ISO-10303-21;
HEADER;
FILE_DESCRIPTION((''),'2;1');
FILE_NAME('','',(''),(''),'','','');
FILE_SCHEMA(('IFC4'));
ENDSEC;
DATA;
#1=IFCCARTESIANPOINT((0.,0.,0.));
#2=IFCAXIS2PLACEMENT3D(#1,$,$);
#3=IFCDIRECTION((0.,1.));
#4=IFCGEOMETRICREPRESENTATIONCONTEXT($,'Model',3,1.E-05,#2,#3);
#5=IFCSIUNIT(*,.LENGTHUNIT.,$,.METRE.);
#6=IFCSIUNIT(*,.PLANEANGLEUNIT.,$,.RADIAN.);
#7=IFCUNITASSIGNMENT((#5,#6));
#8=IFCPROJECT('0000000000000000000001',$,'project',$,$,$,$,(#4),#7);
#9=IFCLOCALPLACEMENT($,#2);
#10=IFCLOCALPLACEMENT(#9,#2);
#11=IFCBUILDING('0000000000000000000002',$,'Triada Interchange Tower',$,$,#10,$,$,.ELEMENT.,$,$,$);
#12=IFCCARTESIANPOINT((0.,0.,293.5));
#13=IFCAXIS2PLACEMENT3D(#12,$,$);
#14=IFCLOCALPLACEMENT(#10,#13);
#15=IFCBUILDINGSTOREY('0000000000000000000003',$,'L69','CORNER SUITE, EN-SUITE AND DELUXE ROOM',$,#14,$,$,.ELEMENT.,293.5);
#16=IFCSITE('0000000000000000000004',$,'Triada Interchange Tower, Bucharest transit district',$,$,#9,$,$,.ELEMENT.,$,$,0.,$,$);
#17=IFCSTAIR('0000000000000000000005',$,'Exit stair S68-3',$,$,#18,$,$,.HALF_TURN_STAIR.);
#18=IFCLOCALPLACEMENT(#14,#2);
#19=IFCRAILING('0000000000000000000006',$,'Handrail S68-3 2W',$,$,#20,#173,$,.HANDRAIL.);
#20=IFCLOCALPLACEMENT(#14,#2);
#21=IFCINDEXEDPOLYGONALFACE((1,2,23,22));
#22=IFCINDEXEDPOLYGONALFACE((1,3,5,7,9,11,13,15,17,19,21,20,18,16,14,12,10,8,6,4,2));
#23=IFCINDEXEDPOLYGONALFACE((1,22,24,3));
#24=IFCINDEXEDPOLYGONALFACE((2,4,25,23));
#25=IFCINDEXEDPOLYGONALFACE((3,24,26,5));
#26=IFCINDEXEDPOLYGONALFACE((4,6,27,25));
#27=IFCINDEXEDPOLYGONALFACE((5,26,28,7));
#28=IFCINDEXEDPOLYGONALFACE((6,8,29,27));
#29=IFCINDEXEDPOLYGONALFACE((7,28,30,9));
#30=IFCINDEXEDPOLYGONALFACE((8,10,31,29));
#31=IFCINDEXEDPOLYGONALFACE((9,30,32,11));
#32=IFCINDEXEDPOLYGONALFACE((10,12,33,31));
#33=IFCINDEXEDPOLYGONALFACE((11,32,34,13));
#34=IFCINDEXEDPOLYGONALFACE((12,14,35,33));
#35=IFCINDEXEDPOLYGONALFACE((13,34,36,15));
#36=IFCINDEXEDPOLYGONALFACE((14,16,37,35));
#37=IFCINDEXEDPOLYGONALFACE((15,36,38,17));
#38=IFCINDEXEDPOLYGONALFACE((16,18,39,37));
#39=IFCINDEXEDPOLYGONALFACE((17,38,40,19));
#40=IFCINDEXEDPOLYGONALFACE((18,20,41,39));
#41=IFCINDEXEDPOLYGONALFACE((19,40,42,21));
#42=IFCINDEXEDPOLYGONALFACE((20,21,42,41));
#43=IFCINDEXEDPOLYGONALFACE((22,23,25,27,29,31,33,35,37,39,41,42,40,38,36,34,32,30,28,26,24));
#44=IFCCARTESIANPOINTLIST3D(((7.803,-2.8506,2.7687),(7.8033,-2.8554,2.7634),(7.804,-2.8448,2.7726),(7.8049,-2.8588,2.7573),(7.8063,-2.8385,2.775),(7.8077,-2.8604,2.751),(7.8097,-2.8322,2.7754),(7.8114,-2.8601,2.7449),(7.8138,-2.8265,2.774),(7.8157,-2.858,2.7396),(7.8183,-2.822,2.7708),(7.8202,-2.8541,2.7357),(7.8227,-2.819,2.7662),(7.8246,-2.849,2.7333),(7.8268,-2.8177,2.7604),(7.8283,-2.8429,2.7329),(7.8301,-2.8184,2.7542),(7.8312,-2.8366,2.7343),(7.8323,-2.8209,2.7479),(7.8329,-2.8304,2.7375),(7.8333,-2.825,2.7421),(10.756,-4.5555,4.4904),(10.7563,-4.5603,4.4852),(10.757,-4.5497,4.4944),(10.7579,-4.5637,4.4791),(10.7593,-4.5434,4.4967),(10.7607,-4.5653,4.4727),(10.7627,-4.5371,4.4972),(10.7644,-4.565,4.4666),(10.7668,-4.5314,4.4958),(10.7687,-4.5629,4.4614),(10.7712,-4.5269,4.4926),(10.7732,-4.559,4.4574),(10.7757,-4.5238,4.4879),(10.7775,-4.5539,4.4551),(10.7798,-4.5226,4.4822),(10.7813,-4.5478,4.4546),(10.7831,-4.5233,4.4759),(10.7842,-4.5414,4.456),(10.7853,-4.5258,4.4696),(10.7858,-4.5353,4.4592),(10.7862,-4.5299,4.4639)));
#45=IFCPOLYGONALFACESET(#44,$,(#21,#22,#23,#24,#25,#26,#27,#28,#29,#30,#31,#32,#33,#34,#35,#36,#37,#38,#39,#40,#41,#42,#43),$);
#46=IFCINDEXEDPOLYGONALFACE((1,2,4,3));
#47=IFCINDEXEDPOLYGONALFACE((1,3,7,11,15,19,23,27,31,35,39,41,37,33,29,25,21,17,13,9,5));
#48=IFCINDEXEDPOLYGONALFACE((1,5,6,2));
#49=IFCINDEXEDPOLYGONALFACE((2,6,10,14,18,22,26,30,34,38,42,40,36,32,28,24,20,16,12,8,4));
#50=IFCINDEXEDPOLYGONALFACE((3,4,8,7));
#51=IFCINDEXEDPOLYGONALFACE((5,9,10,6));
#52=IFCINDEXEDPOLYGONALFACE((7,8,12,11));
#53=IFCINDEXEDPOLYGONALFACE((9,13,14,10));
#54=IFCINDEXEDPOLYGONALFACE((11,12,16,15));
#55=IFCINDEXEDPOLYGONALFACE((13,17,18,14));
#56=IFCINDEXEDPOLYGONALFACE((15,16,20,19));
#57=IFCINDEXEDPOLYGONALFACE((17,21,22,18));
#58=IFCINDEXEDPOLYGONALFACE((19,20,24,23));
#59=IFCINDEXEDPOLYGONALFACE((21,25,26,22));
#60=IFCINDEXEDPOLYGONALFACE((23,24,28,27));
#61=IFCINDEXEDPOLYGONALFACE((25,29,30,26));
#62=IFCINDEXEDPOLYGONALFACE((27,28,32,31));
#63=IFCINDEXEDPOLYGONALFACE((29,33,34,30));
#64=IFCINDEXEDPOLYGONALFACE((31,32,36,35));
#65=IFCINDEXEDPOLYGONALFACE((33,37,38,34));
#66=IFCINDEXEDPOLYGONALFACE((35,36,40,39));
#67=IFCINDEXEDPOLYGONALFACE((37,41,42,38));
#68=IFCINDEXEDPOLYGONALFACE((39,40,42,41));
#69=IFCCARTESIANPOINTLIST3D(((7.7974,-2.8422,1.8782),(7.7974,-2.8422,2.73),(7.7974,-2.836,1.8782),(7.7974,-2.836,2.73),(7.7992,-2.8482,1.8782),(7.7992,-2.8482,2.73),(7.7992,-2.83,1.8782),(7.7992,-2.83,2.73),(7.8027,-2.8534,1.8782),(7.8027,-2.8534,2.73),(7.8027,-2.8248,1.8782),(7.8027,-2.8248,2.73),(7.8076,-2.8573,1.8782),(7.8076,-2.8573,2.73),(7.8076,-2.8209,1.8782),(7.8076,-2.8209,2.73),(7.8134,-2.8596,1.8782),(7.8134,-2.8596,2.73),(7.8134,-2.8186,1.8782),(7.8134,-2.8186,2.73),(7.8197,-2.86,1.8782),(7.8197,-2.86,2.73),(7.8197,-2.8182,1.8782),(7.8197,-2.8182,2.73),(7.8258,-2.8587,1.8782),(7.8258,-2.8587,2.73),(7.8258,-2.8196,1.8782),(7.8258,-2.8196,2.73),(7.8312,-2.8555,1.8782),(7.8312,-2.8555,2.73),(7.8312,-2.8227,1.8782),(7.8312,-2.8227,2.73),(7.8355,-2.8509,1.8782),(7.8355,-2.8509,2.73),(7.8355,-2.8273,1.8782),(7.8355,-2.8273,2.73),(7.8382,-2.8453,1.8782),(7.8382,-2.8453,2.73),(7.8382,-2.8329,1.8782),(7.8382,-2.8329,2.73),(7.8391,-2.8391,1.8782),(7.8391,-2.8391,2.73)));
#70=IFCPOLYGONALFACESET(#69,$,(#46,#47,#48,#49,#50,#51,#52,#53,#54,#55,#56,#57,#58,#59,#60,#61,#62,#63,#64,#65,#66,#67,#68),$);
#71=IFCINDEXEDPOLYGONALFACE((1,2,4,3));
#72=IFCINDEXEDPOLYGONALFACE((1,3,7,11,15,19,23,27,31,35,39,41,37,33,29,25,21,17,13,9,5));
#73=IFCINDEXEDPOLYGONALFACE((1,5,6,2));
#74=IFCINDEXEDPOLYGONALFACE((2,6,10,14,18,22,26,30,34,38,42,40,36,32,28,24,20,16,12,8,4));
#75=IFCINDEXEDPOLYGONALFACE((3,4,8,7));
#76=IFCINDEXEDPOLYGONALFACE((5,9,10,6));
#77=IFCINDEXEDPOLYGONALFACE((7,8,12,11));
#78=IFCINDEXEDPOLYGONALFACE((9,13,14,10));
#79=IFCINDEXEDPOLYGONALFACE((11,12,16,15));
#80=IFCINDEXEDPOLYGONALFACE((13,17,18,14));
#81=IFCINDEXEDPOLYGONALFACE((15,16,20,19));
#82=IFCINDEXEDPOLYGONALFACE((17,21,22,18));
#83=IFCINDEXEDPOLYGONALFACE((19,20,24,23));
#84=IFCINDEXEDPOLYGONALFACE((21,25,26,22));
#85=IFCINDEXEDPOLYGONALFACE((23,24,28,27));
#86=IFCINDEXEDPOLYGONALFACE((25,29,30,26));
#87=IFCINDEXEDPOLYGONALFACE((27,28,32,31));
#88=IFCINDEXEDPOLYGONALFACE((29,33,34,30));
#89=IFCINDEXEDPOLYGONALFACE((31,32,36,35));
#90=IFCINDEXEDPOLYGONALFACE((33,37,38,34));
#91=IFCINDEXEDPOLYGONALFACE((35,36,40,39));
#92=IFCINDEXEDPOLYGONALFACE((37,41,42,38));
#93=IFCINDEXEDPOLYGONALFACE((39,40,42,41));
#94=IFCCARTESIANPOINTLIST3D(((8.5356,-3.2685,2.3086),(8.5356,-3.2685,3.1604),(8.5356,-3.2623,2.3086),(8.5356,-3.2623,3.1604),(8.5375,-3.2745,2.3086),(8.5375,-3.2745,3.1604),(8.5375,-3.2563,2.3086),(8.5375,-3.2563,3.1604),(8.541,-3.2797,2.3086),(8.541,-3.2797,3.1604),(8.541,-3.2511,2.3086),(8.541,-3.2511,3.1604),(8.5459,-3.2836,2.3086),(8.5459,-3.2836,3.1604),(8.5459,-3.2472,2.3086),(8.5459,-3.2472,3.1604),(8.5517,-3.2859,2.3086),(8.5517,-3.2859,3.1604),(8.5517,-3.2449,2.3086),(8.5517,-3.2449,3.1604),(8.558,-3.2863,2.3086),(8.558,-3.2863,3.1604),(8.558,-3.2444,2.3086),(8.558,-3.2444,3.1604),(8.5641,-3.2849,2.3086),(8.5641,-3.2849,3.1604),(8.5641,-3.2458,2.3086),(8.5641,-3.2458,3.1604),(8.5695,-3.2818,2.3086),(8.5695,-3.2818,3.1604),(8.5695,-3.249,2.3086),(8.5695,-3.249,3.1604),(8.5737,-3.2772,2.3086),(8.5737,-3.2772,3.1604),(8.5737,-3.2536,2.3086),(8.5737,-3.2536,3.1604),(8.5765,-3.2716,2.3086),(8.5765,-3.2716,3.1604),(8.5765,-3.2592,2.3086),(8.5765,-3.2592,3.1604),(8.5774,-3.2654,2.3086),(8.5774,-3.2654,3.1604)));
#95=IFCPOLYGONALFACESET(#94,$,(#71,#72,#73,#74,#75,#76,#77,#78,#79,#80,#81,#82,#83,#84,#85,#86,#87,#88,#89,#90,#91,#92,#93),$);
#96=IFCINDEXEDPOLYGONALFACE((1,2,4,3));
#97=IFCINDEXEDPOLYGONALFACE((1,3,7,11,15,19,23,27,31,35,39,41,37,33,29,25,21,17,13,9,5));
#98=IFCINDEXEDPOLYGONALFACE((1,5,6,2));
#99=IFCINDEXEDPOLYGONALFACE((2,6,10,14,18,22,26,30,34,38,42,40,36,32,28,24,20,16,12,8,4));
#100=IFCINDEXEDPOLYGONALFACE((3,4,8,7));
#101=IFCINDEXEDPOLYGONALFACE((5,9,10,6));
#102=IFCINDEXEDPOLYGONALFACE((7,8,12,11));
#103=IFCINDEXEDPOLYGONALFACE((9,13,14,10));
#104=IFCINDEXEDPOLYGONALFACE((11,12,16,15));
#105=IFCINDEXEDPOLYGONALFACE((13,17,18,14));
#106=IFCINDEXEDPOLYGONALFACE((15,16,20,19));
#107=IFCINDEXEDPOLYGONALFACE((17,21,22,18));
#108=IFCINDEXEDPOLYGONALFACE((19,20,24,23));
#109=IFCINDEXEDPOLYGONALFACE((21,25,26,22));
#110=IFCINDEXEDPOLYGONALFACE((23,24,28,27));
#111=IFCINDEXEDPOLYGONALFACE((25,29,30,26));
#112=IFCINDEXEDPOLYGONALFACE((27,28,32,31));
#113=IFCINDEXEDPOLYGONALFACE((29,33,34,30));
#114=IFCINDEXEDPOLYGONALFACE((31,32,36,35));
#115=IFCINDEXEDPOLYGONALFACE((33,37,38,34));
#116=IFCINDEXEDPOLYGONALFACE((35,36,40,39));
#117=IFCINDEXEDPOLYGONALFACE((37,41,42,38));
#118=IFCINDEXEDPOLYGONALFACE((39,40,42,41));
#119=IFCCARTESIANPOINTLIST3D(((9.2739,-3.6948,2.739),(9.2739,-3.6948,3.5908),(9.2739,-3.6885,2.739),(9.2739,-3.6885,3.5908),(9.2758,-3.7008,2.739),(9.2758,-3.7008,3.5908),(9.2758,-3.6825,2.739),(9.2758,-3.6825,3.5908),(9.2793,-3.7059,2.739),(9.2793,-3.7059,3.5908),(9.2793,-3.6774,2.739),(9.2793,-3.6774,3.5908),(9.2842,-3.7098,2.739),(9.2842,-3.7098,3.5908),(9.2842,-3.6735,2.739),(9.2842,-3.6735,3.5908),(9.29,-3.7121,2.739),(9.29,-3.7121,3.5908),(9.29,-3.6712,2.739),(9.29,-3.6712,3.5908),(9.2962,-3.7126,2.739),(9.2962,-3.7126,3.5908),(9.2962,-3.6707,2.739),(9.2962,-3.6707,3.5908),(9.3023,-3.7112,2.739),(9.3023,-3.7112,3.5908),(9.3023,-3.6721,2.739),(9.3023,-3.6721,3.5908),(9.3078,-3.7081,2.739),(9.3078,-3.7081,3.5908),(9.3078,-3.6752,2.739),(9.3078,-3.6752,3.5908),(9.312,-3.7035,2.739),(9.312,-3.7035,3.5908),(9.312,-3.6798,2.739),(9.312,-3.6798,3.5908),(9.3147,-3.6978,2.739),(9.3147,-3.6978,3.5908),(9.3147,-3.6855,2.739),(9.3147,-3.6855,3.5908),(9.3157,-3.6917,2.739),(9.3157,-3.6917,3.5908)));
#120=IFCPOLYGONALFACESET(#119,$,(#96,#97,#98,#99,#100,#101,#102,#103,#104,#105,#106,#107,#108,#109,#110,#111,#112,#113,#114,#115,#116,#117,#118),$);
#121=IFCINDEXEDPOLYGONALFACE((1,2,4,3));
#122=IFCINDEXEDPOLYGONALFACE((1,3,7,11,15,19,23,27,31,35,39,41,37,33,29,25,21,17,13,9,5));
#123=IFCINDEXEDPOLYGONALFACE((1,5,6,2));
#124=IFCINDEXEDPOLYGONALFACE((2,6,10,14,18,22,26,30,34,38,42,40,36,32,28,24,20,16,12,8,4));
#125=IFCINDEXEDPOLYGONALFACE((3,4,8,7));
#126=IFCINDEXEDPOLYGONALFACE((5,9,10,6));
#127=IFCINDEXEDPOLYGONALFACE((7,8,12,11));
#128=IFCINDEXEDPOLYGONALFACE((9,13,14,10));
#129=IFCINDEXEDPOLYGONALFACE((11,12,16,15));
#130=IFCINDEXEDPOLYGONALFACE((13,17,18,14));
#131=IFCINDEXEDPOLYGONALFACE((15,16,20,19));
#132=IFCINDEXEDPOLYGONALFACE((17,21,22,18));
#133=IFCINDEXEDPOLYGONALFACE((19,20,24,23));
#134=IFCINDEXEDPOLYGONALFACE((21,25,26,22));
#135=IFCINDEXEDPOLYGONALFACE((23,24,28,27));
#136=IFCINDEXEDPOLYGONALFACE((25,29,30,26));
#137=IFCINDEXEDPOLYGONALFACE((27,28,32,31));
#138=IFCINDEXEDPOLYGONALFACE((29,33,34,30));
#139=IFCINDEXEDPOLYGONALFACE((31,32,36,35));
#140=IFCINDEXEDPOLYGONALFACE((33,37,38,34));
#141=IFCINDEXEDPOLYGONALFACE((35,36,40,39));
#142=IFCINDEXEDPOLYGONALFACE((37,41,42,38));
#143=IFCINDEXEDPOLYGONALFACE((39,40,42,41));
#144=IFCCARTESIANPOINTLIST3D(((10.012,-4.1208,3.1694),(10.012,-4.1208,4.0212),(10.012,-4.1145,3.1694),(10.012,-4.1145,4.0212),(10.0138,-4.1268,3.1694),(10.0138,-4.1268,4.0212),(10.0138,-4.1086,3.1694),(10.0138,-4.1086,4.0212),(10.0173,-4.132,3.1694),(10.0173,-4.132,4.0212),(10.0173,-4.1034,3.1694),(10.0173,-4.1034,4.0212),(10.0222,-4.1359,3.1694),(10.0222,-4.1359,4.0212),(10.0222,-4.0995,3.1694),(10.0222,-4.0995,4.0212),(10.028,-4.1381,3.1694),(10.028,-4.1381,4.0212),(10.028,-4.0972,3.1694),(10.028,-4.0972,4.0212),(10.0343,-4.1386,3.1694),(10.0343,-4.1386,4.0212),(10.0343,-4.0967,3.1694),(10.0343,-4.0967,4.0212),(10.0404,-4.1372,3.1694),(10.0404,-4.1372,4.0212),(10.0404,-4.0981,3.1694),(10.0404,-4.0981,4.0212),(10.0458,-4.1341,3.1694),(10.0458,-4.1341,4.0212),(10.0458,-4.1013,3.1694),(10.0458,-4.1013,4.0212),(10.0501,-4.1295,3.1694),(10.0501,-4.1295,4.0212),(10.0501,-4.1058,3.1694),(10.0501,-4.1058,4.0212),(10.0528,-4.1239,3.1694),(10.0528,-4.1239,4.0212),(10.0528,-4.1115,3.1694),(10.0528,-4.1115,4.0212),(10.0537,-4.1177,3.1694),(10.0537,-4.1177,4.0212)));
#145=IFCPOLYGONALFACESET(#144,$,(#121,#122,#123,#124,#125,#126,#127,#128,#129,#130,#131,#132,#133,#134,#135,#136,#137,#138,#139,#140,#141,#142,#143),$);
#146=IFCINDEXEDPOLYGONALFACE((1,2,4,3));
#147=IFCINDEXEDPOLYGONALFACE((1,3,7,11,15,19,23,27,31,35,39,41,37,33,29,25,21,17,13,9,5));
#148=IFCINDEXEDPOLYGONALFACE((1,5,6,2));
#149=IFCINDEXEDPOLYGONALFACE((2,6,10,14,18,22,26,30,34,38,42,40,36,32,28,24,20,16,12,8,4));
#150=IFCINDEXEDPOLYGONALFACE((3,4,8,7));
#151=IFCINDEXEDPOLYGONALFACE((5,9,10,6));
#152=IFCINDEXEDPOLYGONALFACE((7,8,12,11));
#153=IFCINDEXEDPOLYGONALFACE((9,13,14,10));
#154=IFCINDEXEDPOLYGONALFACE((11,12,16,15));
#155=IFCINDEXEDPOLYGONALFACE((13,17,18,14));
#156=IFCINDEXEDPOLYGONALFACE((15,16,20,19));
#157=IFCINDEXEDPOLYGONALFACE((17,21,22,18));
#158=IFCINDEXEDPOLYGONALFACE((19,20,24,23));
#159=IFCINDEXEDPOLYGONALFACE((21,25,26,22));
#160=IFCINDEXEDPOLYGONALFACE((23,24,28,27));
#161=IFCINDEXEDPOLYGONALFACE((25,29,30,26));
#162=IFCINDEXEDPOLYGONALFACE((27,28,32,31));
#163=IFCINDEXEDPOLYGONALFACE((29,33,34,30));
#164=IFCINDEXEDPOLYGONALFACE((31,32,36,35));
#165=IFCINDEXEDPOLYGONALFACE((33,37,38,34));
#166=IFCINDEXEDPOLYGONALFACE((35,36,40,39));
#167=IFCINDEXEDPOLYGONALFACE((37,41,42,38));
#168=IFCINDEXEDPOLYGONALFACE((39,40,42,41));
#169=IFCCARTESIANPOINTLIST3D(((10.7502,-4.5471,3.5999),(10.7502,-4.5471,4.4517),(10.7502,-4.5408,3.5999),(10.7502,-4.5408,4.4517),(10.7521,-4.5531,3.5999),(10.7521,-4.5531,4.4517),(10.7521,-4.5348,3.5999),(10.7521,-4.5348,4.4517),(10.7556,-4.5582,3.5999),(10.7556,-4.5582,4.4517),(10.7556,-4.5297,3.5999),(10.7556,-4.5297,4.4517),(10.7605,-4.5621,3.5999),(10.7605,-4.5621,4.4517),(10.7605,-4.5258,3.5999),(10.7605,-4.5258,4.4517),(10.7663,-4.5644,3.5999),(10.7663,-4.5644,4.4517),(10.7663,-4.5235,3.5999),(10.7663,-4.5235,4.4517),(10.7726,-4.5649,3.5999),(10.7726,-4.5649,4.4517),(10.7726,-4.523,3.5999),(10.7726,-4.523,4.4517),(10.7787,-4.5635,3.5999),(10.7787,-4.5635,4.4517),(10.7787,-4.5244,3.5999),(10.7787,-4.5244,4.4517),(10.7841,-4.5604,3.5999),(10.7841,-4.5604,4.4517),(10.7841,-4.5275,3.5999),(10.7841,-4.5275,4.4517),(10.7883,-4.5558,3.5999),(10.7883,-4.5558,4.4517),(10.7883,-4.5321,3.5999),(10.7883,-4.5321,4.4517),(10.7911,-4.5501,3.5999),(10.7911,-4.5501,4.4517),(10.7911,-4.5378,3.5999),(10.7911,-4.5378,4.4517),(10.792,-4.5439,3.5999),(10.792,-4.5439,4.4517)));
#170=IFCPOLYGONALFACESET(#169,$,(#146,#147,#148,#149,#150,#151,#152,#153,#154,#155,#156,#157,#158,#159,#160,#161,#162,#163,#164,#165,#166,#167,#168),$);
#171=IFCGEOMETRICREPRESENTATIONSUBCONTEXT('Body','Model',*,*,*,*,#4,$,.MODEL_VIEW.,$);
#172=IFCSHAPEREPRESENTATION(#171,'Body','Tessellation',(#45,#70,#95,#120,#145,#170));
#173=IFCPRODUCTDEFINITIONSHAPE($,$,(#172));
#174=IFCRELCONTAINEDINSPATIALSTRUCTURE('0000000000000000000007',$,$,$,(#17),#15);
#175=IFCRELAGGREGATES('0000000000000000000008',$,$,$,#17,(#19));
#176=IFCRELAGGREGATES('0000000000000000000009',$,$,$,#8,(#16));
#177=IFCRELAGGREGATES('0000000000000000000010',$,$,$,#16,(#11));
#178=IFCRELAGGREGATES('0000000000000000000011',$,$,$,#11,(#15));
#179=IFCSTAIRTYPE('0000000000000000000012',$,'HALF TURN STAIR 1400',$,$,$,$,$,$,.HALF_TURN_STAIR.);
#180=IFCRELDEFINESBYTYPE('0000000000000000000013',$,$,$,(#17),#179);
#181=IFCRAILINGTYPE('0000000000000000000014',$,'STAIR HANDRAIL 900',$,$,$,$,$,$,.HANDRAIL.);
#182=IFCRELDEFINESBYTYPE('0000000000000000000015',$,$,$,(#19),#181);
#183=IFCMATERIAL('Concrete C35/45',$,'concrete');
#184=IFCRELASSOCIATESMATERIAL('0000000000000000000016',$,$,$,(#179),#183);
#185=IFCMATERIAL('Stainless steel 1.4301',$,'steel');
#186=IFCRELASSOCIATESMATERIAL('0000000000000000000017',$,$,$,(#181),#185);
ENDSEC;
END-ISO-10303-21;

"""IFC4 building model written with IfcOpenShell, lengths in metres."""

from ifc_helpers import new_model, si_unit, direction, frame, origin, origin_2d, place, context, subcontext, project, spatial, circle, extrude, material, type_object, element, aggregate, save


model = new_model("IFC4")

# Units and contexts
model_context = context("Model", 3, precision=1e-05, world=origin(), true_north=direction((0.0, 1.0)))
body_context = subcontext(model_context, "Body", "Model", "MODEL_VIEW")
ifc_project = project(units=[si_unit("LENGTHUNIT", "METRE"), si_unit("PLANEANGLEUNIT", "RADIAN")], contexts=[model_context])

# Site, building, storey
site_placement = place(None, origin())
site = spatial("IfcSite", under=ifc_project, at=site_placement, Name="Triada Interchange Tower, Bucharest transit district", CompositionType="ELEMENT", RefElevation=0.0)
building_placement = place(site_placement, origin())
building = spatial("IfcBuilding", under=site, at=building_placement, Name="Triada Interchange Tower", CompositionType="ELEMENT")
storey_placement = place(building_placement, frame((0.0, 0.0, 293.5)))
storey = spatial("IfcBuildingStorey", under=building, at=storey_placement, Name="L69", Description="CORNER SUITE, EN-SUITE AND DELUXE ROOM", CompositionType="ELEMENT", Elevation=293.5)

# Stair, railing
ifc_material_1 = material(Name="Concrete C35/45", Category="concrete")
stair_type = type_object("IfcStairType", Name="HALF TURN STAIR 1400", PredefinedType="HALF_TURN_STAIR", material=ifc_material_1)
stair_placement = place(storey_placement, origin())
stair = element("IfcStair", 1, at=stair_placement, inside=storey, type_object=stair_type, Name="Exit stair S68-3", PredefinedType="HALF_TURN_STAIR")
ifc_material_2 = material(Name="Stainless steel 1.4301", Category="steel")
railing_type = type_object("IfcRailingType", Name="STAIR HANDRAIL 900", PredefinedType="HANDRAIL", material=ifc_material_2)
railing_1_placement = place(storey_placement, frame((7.8181, -2.8391, 1.8782)))
railing_1 = element("IfcRailing", 2, at=railing_1_placement, type_object=railing_type, Name="Handrail S68-3 2W", PredefinedType="HANDRAIL", context=body_context, shape_type="SweptSolid", body=[
    extrude(circle(Radius=0.0239, at=origin_2d()), frame((0.0, 0.0, 0.876), z_axis=(0.773065, -0.446326, 0.450736), x_axis=(0.499997, 0.866027, 0.0)), (0.0, 0.0, 1.0), 3.8198),
    extrude(circle(Radius=0.021, at=origin_2d()), origin(), (0.0, 0.0, 1.0), 0.8518),
    extrude(circle(Radius=0.021, at=origin_2d()), frame((0.7383, -0.4263, 0.4304)), (0.0, 0.0, 1.0), 0.8518),
    extrude(circle(Radius=0.021, at=origin_2d()), frame((1.4766, -0.8525, 0.8608)), (0.0, 0.0, 1.0), 0.8518),
    extrude(circle(Radius=0.021, at=origin_2d()), frame((2.2146, -1.2786, 1.2913)), (0.0, 0.0, 1.0), 0.8518),
    extrude(circle(Radius=0.021, at=origin_2d()), frame((2.9529, -1.7048, 1.7217)), (0.0, 0.0, 1.0), 0.8518),
])
aggregate(stair, [railing_1])

save(model, "model.ifc")
